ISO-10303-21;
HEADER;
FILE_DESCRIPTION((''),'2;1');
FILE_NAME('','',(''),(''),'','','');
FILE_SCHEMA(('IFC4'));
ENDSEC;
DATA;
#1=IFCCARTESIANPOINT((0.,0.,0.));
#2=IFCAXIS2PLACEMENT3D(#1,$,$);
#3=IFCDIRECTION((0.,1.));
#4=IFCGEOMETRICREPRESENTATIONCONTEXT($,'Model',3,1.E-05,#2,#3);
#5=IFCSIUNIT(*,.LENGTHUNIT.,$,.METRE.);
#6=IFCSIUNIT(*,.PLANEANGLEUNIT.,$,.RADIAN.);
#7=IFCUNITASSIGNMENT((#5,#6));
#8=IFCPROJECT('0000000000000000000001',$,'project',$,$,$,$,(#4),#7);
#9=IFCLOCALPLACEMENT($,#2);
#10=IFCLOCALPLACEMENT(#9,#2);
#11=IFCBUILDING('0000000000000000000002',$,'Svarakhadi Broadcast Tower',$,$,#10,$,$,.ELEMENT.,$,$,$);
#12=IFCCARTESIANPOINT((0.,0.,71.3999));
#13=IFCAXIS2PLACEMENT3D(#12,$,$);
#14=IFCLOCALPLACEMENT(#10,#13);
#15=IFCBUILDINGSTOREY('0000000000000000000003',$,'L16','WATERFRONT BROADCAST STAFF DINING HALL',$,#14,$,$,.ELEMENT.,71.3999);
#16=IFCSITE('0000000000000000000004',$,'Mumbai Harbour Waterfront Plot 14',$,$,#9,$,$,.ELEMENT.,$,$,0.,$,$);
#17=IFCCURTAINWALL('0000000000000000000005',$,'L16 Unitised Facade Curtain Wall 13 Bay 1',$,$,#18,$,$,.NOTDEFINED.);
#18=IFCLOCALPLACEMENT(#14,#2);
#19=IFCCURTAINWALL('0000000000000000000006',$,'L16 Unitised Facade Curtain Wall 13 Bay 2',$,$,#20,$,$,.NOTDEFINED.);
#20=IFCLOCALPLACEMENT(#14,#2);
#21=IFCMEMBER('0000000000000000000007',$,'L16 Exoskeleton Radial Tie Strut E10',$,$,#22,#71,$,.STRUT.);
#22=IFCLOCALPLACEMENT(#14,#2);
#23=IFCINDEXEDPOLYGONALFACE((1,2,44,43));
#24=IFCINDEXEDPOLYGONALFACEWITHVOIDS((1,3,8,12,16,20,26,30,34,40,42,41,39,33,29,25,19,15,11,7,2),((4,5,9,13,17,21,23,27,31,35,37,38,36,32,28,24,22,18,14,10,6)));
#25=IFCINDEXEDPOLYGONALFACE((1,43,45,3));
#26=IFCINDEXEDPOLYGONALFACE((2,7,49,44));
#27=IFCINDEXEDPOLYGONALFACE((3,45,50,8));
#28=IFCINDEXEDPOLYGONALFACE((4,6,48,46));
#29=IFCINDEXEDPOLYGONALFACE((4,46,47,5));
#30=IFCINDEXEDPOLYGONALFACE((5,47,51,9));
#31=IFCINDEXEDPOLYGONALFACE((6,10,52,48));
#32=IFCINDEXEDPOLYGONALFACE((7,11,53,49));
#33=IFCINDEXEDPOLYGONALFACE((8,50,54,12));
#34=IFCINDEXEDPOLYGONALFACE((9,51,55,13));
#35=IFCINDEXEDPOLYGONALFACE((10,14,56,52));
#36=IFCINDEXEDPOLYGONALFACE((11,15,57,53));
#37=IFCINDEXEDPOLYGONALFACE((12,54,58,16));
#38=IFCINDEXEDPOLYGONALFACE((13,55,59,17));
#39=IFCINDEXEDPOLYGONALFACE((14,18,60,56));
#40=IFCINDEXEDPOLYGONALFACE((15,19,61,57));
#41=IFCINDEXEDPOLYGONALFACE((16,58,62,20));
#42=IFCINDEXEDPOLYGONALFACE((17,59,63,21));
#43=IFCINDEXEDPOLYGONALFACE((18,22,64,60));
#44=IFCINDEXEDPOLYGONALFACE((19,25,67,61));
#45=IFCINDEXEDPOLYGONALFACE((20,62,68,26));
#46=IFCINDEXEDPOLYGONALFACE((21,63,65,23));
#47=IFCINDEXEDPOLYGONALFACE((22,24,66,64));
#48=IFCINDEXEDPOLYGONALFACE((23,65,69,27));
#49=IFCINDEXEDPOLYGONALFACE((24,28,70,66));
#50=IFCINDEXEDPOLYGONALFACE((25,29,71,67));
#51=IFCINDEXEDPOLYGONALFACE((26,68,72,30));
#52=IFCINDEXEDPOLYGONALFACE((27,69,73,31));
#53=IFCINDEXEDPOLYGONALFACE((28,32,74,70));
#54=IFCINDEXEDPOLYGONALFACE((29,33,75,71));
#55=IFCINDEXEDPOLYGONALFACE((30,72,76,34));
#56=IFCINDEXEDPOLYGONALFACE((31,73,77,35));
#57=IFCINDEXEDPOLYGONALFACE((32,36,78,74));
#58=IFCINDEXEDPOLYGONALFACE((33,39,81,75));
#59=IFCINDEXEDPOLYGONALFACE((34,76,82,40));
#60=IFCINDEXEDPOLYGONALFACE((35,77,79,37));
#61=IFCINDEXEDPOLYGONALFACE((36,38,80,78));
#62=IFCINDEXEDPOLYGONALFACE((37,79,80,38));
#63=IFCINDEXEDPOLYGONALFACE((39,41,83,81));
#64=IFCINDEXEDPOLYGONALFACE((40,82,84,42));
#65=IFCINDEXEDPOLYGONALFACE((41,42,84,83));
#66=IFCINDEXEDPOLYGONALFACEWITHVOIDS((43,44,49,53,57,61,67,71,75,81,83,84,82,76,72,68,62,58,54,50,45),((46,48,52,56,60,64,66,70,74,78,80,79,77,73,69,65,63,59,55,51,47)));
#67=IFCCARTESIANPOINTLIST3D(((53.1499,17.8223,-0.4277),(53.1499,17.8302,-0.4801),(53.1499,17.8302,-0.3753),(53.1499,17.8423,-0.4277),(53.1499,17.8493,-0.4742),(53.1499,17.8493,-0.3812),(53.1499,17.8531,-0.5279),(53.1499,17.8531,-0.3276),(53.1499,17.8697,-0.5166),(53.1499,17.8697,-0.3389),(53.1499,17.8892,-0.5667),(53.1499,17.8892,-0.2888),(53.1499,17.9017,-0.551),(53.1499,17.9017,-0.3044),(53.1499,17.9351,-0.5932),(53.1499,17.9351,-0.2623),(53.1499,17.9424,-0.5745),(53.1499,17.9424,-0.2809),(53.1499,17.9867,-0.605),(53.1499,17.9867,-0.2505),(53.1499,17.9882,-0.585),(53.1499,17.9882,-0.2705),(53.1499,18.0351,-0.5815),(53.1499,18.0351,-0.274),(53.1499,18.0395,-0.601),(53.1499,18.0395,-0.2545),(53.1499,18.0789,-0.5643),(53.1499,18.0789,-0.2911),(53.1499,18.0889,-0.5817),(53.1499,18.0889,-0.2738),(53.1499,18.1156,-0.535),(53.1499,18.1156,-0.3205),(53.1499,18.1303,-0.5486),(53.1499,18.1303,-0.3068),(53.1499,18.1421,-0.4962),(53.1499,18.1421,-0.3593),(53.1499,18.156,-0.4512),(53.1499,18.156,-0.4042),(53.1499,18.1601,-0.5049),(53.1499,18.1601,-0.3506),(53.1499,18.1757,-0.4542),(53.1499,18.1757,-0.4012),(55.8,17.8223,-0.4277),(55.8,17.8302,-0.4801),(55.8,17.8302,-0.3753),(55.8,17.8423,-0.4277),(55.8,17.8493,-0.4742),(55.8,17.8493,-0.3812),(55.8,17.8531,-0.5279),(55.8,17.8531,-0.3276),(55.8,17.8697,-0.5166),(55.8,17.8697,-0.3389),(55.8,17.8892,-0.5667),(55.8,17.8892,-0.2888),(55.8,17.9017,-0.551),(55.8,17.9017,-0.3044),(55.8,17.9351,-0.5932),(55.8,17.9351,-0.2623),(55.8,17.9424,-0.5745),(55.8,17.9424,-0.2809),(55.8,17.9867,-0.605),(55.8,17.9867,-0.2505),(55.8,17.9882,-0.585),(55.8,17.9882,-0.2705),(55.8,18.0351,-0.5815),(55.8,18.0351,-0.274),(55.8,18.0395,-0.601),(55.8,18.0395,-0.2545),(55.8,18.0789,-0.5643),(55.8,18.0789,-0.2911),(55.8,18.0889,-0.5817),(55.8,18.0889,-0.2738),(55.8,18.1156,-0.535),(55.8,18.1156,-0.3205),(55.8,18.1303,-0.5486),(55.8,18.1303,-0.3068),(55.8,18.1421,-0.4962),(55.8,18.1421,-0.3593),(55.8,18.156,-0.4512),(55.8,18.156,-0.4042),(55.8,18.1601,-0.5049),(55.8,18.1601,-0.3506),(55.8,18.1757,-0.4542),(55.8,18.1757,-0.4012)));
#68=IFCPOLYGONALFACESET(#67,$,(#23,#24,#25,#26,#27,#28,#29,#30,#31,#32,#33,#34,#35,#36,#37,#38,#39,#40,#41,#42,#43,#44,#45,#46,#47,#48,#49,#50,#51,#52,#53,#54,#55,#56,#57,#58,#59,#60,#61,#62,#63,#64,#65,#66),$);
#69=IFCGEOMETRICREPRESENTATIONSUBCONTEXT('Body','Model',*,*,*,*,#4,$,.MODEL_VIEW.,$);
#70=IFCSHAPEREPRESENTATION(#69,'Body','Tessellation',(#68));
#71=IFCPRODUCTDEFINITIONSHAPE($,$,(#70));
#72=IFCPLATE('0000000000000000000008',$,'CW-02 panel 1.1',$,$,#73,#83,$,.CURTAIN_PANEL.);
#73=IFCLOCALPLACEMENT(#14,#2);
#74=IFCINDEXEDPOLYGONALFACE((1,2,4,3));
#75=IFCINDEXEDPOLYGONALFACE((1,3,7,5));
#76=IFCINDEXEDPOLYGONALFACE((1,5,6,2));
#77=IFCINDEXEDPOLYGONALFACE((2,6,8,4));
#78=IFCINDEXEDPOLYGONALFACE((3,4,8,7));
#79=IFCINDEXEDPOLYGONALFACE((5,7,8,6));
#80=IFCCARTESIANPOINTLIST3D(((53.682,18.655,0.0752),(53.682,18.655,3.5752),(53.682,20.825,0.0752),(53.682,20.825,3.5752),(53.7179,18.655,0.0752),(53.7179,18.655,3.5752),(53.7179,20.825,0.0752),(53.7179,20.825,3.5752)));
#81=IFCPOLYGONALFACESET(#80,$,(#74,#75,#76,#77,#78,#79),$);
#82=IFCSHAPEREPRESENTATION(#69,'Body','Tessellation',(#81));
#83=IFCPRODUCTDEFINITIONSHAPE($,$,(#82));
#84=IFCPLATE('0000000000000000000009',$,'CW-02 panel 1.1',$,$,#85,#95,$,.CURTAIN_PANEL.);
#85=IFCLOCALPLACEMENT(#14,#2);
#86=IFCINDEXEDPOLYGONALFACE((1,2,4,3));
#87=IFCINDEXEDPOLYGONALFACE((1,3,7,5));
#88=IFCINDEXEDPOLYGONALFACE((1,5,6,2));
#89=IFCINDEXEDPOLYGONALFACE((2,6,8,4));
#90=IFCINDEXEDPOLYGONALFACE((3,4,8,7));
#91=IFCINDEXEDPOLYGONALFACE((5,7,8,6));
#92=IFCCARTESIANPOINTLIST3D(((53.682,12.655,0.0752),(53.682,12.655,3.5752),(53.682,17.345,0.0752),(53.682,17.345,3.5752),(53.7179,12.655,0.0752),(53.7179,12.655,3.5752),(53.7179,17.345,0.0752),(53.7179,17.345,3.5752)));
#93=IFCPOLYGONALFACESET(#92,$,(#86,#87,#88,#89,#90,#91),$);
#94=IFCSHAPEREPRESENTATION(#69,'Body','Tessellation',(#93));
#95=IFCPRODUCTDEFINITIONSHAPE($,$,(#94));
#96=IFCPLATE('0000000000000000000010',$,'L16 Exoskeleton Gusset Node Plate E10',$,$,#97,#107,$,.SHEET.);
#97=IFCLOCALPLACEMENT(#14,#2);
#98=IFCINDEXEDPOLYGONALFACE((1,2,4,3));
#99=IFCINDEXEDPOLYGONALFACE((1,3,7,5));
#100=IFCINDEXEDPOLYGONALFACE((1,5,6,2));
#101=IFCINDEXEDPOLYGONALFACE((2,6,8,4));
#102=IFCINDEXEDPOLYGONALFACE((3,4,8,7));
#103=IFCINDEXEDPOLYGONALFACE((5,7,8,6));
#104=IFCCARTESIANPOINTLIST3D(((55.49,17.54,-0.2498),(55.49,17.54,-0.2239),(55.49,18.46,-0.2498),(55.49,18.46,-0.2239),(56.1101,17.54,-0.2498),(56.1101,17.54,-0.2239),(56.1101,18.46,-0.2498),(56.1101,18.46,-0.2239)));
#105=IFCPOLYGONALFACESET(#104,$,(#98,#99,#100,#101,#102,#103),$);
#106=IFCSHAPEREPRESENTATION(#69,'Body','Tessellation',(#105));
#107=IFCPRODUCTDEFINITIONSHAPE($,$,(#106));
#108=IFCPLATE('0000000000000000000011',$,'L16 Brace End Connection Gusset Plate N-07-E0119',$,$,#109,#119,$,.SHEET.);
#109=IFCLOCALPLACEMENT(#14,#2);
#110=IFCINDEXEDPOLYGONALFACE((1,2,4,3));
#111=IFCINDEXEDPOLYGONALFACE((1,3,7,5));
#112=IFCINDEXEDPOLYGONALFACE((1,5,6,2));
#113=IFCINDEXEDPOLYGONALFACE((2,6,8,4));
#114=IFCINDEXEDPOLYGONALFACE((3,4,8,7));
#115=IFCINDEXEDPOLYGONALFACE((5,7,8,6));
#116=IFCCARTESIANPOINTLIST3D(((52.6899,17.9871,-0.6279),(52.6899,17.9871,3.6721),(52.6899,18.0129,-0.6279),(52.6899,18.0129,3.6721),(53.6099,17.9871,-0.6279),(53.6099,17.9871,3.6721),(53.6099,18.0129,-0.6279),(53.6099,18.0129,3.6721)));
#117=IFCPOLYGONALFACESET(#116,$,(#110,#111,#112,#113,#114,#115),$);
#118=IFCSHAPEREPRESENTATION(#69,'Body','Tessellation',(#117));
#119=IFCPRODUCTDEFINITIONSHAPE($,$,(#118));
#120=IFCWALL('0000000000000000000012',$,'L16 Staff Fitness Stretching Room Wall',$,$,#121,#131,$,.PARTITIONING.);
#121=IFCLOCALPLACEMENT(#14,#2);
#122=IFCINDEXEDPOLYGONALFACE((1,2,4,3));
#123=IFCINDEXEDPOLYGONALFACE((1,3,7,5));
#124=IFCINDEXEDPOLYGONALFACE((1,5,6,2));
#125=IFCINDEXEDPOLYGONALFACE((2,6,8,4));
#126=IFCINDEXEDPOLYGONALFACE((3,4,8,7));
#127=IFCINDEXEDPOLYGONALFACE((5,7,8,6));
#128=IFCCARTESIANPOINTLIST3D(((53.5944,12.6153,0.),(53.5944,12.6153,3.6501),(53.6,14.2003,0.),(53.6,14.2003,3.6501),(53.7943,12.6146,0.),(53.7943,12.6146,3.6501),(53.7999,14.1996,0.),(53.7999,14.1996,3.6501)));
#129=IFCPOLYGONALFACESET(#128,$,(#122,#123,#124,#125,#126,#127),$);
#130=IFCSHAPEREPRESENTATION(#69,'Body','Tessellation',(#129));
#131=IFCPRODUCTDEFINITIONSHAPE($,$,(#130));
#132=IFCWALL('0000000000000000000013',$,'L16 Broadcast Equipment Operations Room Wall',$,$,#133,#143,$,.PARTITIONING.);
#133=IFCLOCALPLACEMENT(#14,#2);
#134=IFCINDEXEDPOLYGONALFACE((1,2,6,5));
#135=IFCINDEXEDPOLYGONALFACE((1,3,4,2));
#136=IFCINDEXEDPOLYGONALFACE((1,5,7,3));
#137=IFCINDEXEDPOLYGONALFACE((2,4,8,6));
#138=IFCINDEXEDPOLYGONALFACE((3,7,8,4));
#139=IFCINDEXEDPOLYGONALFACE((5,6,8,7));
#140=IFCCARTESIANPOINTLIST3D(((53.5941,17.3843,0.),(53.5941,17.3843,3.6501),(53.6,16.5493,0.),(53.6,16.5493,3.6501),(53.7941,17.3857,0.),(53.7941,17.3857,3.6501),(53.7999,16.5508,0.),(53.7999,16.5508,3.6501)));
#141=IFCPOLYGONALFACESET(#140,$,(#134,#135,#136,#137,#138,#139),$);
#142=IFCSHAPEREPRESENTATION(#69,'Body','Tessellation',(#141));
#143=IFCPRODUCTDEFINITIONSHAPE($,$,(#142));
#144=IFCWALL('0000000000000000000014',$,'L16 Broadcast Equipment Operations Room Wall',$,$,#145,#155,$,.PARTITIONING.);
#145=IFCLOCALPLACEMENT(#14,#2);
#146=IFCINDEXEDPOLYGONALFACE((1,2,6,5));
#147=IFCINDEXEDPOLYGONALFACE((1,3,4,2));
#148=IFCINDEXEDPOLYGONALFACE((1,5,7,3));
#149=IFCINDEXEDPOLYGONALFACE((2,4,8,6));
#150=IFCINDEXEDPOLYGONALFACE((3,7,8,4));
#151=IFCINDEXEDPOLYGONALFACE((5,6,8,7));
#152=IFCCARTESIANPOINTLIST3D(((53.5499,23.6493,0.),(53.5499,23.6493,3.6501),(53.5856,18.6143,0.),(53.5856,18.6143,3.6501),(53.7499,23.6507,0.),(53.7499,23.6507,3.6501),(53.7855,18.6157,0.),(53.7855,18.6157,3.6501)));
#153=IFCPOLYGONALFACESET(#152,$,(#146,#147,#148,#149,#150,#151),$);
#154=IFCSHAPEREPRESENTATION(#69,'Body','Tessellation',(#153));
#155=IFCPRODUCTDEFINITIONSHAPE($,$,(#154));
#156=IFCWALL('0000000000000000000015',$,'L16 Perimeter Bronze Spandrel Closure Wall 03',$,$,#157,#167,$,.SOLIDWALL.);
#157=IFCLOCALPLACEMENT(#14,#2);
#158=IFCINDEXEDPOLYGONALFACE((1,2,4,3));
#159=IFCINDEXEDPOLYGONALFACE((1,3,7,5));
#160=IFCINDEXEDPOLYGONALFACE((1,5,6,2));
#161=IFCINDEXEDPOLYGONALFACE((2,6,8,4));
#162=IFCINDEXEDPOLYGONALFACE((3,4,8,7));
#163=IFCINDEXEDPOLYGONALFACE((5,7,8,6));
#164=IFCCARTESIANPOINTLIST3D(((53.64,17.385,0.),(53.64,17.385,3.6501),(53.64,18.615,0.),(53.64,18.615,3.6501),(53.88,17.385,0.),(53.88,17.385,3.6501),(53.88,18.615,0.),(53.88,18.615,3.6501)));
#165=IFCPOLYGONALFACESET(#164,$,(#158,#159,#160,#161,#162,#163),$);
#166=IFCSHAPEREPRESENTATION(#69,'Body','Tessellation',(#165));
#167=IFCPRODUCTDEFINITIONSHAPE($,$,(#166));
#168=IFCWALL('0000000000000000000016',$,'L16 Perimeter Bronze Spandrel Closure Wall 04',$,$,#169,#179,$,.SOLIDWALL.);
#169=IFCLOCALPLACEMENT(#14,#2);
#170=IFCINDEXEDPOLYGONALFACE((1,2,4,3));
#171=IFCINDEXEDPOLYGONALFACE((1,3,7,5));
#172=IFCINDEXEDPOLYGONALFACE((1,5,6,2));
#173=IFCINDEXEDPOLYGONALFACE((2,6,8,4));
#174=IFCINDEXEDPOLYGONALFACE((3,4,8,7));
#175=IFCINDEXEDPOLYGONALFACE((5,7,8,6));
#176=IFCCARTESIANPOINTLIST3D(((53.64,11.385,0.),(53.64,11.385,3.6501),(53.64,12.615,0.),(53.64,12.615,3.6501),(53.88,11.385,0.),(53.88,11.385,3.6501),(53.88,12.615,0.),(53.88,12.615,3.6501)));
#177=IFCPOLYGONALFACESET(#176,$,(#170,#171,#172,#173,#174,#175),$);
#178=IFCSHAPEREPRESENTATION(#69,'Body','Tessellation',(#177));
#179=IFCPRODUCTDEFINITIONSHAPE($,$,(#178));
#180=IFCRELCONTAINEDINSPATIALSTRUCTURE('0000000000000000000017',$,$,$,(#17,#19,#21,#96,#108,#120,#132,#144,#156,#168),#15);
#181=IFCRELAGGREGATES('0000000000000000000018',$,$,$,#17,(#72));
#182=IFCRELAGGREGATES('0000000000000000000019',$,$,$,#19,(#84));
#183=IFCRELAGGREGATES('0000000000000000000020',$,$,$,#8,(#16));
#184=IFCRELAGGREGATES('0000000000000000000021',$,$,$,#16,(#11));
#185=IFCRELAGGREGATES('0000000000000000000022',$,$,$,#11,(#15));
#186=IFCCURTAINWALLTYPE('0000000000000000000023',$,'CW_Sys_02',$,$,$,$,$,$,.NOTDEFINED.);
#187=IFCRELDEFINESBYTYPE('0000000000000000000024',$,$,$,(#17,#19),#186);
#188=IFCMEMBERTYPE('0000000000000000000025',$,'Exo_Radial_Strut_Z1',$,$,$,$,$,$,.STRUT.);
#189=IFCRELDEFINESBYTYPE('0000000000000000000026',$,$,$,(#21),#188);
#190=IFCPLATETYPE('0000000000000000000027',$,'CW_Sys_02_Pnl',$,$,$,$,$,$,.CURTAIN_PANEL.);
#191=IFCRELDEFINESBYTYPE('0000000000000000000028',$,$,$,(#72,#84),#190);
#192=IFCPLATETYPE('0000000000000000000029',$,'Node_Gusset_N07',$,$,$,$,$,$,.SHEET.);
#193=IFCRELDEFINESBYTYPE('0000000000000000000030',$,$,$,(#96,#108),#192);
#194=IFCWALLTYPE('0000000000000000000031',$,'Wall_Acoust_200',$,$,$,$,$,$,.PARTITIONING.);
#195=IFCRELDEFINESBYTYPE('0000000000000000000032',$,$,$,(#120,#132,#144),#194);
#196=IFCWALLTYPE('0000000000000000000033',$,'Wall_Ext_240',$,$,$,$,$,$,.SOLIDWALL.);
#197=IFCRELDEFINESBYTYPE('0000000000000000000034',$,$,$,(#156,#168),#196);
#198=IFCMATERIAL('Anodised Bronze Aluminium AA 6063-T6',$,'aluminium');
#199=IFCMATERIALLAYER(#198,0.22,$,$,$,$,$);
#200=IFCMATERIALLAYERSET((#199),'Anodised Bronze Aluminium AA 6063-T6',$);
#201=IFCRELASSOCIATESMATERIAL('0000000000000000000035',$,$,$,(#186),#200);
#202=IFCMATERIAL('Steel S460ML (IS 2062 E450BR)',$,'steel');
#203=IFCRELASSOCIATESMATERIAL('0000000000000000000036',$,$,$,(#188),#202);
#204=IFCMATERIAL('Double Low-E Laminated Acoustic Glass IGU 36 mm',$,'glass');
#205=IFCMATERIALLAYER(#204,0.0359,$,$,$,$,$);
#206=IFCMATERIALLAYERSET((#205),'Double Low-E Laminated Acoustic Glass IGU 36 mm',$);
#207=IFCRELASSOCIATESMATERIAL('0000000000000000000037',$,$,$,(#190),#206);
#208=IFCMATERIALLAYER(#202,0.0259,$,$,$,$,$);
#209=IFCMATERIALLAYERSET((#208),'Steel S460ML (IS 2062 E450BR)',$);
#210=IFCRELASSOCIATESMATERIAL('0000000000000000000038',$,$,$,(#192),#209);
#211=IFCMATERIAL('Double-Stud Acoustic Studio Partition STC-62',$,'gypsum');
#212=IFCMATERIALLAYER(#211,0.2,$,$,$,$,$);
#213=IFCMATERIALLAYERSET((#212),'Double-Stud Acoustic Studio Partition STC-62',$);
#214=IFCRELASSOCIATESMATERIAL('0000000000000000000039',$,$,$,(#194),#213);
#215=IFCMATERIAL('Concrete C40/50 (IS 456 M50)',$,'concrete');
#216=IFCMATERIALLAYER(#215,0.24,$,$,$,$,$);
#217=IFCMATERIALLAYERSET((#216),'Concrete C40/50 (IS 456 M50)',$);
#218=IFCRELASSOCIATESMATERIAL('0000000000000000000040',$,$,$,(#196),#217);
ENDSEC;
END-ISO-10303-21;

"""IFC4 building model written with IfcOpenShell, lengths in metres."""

from ifc_helpers import new_model, si_unit, direction, frame, frame_2d, origin, origin_2d, place, context, subcontext, project, spatial, rectangle, hollow_circle, extrude, material, layer, layer_set, material_profile, profile_set, type_object, element, aggregate, save


model = new_model("IFC4")

# Units and contexts
model_context = context("Model", 3, precision=1e-05, world=origin(), true_north=direction((0.0, 1.0)))
body_context = subcontext(model_context, "Body", "Model", "MODEL_VIEW")
ifc_project = project(units=[si_unit("LENGTHUNIT", "METRE"), si_unit("PLANEANGLEUNIT", "RADIAN")], contexts=[model_context])

# Site, building, storey
site_placement = place(None, origin())
site = spatial("IfcSite", under=ifc_project, at=site_placement, Name="Mumbai Harbour Waterfront Plot 14", CompositionType="ELEMENT", RefElevation=0.0)
building_placement = place(site_placement, origin())
building = spatial("IfcBuilding", under=site, at=building_placement, Name="Svarakhadi Broadcast Tower", CompositionType="ELEMENT")
storey_placement = place(building_placement, frame((0.0, 0.0, 71.3999)))
storey = spatial("IfcBuildingStorey", under=building, at=storey_placement, Name="L16", Description="WATERFRONT BROADCAST STAFF DINING HALL", CompositionType="ELEMENT", Elevation=71.3999)

# Curtain wall
ifc_material_1 = material(Name="Anodised Bronze Aluminium AA 6063-T6", Category="aluminium")
ifc_layer_1 = layer(ifc_material_1, 0.22)
ifc_layer_set_1 = layer_set([ifc_layer_1], Name="Anodised Bronze Aluminium AA 6063-T6")
curtain_wall_type = type_object("IfcCurtainWallType", Name="CW_Sys_02", PredefinedType="NOTDEFINED", material=ifc_layer_set_1)
curtain_wall_1_placement = place(storey_placement, origin())
curtain_wall_1 = element("IfcCurtainWall", 1, at=curtain_wall_1_placement, inside=storey, type_object=curtain_wall_type, Name="L16 Unitised Facade Curtain Wall 13 Bay 1", PredefinedType="NOTDEFINED")

# Curtain wall
curtain_wall_2_placement = place(storey_placement, origin())
curtain_wall_2 = element("IfcCurtainWall", 2, at=curtain_wall_2_placement, inside=storey, type_object=curtain_wall_type, Name="L16 Unitised Facade Curtain Wall 13 Bay 2", PredefinedType="NOTDEFINED")

# Member
ifc_material_2 = material(Name="Steel S460ML (IS 2062 E450BR)", Category="steel")
ifc_material_profile_1 = material_profile(ifc_material_2, hollow_circle(Radius=0.1777, WallThickness=0.02, at=origin_2d()), Name="CHS 355.6x20")
ifc_profile_set_1 = profile_set([ifc_material_profile_1], Name="Steel S460ML (IS 2062 E450BR)")
member_type_1 = type_object("IfcMemberType", Name="Exo_Radial_Strut_Z1", PredefinedType="STRUT", material=ifc_profile_set_1)
member_1_placement = place(storey_placement, frame((55.8, 18.0, -0.4277), z_axis=(-1.0, 0.0, 0.0), x_axis=(0.0, -1.0, 0.0)))
element("IfcMember", 3, at=member_1_placement, inside=storey, type_object=member_type_1, Name="L16 Exoskeleton Radial Tie Strut E10", PredefinedType="STRUT", context=body_context, shape_type="SweptSolid", body=[
    extrude(hollow_circle(Radius=0.1777, WallThickness=0.02, at=origin_2d()), origin(), (0.0, 0.0, 1.0), 2.6501),
])

# Plates
ifc_material_3 = material(Name="Double Low-E Laminated Acoustic Glass IGU 36 mm", Category="glass")
ifc_layer_2 = layer(ifc_material_3, 0.0359)
ifc_layer_set_2 = layer_set([ifc_layer_2], Name="Double Low-E Laminated Acoustic Glass IGU 36 mm")
plate_type_1 = type_object("IfcPlateType", Name="CW_Sys_02_Pnl", PredefinedType="CURTAIN_PANEL", material=ifc_layer_set_2)
plate_1_placement = place(storey_placement, frame((53.7, 19.74, 0.0752), z_axis=(0.0, 0.0, 1.0), x_axis=(0.0, -1.0, 0.0)))
plate_1 = element("IfcPlate", 4, at=plate_1_placement, type_object=plate_type_1, Name="CW-02 panel 1.1", PredefinedType="CURTAIN_PANEL", context=body_context, shape_type="SweptSolid", body=[
    extrude(rectangle(XDim=2.1699, YDim=0.0359, at=origin_2d()), origin(), (0.0, 0.0, 1.0), 3.5),
])
aggregate(curtain_wall_1, [plate_1])
plate_2_placement = place(storey_placement, frame((53.7, 15.0, 0.0752), z_axis=(0.0, 0.0, 1.0), x_axis=(0.0, -1.0, 0.0)))
plate_2 = element("IfcPlate", 5, at=plate_2_placement, type_object=plate_type_1, Name="CW-02 panel 1.1", PredefinedType="CURTAIN_PANEL", context=body_context, shape_type="SweptSolid", body=[
    extrude(rectangle(XDim=4.6899, YDim=0.0359, at=origin_2d()), origin(), (0.0, 0.0, 1.0), 3.5),
])
aggregate(curtain_wall_2, [plate_2])

# Plates
ifc_layer_3 = layer(ifc_material_2, 0.0259)
ifc_layer_set_3 = layer_set([ifc_layer_3], Name="Steel S460ML (IS 2062 E450BR)")
plate_type_2 = type_object("IfcPlateType", Name="Node_Gusset_N07", PredefinedType="SHEET", material=ifc_layer_set_3)
plate_3_placement = place(storey_placement, frame((55.8, 18.0, -0.2498), z_axis=(0.0, 0.0, 1.0), x_axis=(0.0, 1.0, 0.0)))
element("IfcPlate", 6, at=plate_3_placement, inside=storey, type_object=plate_type_2, Name="L16 Exoskeleton Gusset Node Plate E10", PredefinedType="SHEET", context=body_context, shape_type="SweptSolid", body=[
    extrude(rectangle(XDim=0.9199, YDim=0.6201, at=origin_2d()), origin(), (0.0, 0.0, 1.0), 0.0259),
])
plate_4_placement = place(storey_placement, frame((53.1499, 18.0, -0.6279), z_axis=(0.0, 0.0, 1.0), x_axis=(1.0, 0.0, 0.0)))
element("IfcPlate", 7, at=plate_4_placement, inside=storey, type_object=plate_type_2, Name="L16 Brace End Connection Gusset Plate N-07-E0119", PredefinedType="SHEET", context=body_context, shape_type="SweptSolid", body=[
    extrude(rectangle(XDim=0.9199, YDim=0.0259, at=origin_2d()), origin(), (0.0, 0.0, 1.0), 4.3),
])

# Walls
ifc_material_4 = material(Name="Double-Stud Acoustic Studio Partition STC-62", Category="gypsum")
ifc_layer_4 = layer(ifc_material_4, 0.2)
ifc_layer_set_4 = layer_set([ifc_layer_4], Name="Double-Stud Acoustic Studio Partition STC-62")
wall_type_1 = type_object("IfcWallType", Name="Wall_Acoust_200", PredefinedType="PARTITIONING", material=ifc_layer_set_4)
wall_1_placement = place(storey_placement, frame((53.6943, 12.615, 0.0), z_axis=(0.0, 0.0, 1.0), x_axis=(0.003543, 0.999994, 0.0)))
element("IfcWall", 8, at=wall_1_placement, inside=storey, type_object=wall_type_1, Name="L16 Staff Fitness Stretching Room Wall", PredefinedType="PARTITIONING", context=body_context, shape_type="SweptSolid", body=[
    extrude(rectangle(XDim=1.585, YDim=0.2, at=frame_2d((0.7925, 0.0))), origin(), (0.0, 0.0, 1.0), 3.6501),
])
wall_2_placement = place(storey_placement, frame((53.7, 16.55, 0.0), z_axis=(0.0, 0.0, 1.0), x_axis=(-0.007017, 0.999975, 0.0)))
element("IfcWall", 9, at=wall_2_placement, inside=storey, type_object=wall_type_1, Name="L16 Broadcast Equipment Operations Room Wall", PredefinedType="PARTITIONING", context=body_context, shape_type="SweptSolid", body=[
    extrude(rectangle(XDim=0.835, YDim=0.2, at=frame_2d((0.4175, 0.0))), origin(), (0.0, 0.0, 1.0), 3.6501),
])
wall_3_placement = place(storey_placement, frame((53.6855, 18.615, 0.0), z_axis=(0.0, 0.0, 1.0), x_axis=(-0.007079, 0.999975, 0.0)))
element("IfcWall", 10, at=wall_3_placement, inside=storey, type_object=wall_type_1, Name="L16 Broadcast Equipment Operations Room Wall", PredefinedType="PARTITIONING", context=body_context, shape_type="SweptSolid", body=[
    extrude(rectangle(XDim=5.0352, YDim=0.2, at=frame_2d((2.5176, 0.0))), origin(), (0.0, 0.0, 1.0), 3.6501),
])
ifc_material_5 = material(Name="Concrete C40/50 (IS 456 M50)", Category="concrete")
ifc_layer_5 = layer(ifc_material_5, 0.24)
ifc_layer_set_5 = layer_set([ifc_layer_5], Name="Concrete C40/50 (IS 456 M50)")
wall_type_2 = type_object("IfcWallType", Name="Wall_Ext_240", PredefinedType="SOLIDWALL", material=ifc_layer_set_5)
for number, where, z_axis, x_axis, name in (
    (11, (53.76, 18.615, 0.0), (0.0, 0.0, 1.0), (0.0, -1.0, 0.0), "L16 Perimeter Bronze Spandrel Closure Wall 03"),
    (12, (53.76, 12.615, 0.0), (0.0, 0.0, 1.0), (0.0, -1.0, 0.0), "L16 Perimeter Bronze Spandrel Closure Wall 04"),
):
    element("IfcWall", number, at=place(storey_placement, frame(where, z_axis=z_axis, x_axis=x_axis)), inside=storey, type_object=wall_type_2, Name=name, PredefinedType="SOLIDWALL", context=body_context, shape_type="SweptSolid", body=[
        extrude(rectangle(XDim=1.23, YDim=0.24, at=frame_2d((0.615, 0.0))), origin(), (0.0, 0.0, 1.0), 3.6501),
    ])

save(model, "model.ifc")
